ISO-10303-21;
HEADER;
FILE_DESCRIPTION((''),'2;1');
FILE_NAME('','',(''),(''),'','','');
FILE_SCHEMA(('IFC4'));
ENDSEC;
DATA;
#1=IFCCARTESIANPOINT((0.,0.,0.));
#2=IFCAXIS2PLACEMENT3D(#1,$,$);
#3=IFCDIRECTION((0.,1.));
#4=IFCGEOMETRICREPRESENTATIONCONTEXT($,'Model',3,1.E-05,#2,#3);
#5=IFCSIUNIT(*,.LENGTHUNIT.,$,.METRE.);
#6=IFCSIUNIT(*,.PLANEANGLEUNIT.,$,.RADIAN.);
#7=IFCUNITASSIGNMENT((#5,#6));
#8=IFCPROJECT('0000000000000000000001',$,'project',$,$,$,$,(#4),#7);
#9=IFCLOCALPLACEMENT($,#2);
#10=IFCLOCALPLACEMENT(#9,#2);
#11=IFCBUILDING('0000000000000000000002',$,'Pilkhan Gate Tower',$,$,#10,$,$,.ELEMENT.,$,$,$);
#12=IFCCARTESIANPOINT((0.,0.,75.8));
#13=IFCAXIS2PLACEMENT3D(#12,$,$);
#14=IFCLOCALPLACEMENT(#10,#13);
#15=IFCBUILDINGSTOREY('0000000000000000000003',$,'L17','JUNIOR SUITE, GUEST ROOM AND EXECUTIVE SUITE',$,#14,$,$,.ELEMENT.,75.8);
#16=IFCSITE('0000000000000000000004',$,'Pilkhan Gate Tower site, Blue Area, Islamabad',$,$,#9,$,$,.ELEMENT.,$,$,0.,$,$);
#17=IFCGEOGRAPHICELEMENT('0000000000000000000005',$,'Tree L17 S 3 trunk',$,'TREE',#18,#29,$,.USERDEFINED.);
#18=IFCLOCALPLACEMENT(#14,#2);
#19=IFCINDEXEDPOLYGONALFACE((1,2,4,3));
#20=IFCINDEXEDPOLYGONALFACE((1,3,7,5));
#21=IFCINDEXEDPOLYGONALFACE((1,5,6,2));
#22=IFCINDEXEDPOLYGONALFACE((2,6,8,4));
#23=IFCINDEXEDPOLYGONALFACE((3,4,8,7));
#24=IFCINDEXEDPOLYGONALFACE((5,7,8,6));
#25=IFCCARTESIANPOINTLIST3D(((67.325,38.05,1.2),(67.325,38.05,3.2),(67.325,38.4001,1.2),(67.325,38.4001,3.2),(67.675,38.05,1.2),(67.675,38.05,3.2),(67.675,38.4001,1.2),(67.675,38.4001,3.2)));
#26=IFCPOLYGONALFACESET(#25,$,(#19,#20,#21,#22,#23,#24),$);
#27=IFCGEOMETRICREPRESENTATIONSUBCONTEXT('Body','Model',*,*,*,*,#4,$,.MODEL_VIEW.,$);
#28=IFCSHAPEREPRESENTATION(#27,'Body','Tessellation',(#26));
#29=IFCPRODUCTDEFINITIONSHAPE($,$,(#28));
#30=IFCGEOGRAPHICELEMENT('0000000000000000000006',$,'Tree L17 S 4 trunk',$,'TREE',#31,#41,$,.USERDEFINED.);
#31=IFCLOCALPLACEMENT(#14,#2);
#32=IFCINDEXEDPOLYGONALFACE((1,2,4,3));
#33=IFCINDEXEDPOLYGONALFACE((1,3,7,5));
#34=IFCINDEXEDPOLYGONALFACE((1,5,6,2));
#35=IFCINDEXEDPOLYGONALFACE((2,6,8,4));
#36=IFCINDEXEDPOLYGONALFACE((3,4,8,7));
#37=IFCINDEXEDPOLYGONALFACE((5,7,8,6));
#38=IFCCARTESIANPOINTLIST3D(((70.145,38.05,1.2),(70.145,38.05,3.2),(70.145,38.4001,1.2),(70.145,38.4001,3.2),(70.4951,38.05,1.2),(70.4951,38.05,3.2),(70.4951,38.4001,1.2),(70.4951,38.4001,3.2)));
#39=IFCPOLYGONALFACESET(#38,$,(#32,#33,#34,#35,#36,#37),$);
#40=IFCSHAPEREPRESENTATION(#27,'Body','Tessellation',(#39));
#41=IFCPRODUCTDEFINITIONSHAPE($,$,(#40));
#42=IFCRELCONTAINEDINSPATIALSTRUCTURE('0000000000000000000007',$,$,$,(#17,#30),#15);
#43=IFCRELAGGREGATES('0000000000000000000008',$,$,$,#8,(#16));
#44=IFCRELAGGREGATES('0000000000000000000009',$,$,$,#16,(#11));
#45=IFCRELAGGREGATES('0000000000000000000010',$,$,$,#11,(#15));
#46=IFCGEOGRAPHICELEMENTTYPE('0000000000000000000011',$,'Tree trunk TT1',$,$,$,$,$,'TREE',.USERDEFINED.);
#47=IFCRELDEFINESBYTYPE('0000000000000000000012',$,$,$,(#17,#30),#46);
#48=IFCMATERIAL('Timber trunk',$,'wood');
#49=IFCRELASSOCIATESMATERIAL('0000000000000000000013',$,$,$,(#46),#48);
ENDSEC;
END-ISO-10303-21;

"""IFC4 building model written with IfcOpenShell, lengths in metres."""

from ifc_helpers import new_model, si_unit, direction, frame, origin, origin_2d, place, context, subcontext, project, spatial, rectangle, extrude, material, type_object, element, save


model = new_model("IFC4")

# Units and contexts
model_context = context("Model", 3, precision=1e-05, world=origin(), true_north=direction((0.0, 1.0)))
body_context = subcontext(model_context, "Body", "Model", "MODEL_VIEW")
ifc_project = project(units=[si_unit("LENGTHUNIT", "METRE"), si_unit("PLANEANGLEUNIT", "RADIAN")], contexts=[model_context])

# Site, building, storey
site_placement = place(None, origin())
site = spatial("IfcSite", under=ifc_project, at=site_placement, Name="Pilkhan Gate Tower site, Blue Area, Islamabad", CompositionType="ELEMENT", RefElevation=0.0)
building_placement = place(site_placement, origin())
building = spatial("IfcBuilding", under=site, at=building_placement, Name="Pilkhan Gate Tower", CompositionType="ELEMENT")
storey_placement = place(building_placement, frame((0.0, 0.0, 75.8)))
storey = spatial("IfcBuildingStorey", under=building, at=storey_placement, Name="L17", Description="JUNIOR SUITE, GUEST ROOM AND EXECUTIVE SUITE", CompositionType="ELEMENT", Elevation=75.8)

# Geographic elements
ifc_material_1 = material(Name="Timber trunk", Category="wood")
geographic_element_type_1 = type_object("IfcGeographicElementType", Name="Tree trunk TT1", ElementType="TREE", PredefinedType="USERDEFINED", material=ifc_material_1)
for number, where, z_axis, x_axis, name in (
    (1, (67.5, 38.2251, 1.2), (0.0, 0.0, 1.0), (1.0, 0.0, 0.0), "Tree L17 S 3 trunk"),
    (2, (70.3201, 38.2251, 1.2), (0.0, 0.0, 1.0), (1.0, 0.0, 0.0), "Tree L17 S 4 trunk"),
):
    element("IfcGeographicElement", number, at=place(storey_placement, frame(where, z_axis=z_axis, x_axis=x_axis)), inside=storey, type_object=geographic_element_type_1, Name=name, ObjectType="TREE", PredefinedType="USERDEFINED", context=body_context, shape_type="SweptSolid", body=[
        extrude(rectangle(XDim=0.3501, YDim=0.3501, at=origin_2d()), origin(), (0.0, 0.0, 1.0), 2.0),
    ])

save(model, "model.ifc")
